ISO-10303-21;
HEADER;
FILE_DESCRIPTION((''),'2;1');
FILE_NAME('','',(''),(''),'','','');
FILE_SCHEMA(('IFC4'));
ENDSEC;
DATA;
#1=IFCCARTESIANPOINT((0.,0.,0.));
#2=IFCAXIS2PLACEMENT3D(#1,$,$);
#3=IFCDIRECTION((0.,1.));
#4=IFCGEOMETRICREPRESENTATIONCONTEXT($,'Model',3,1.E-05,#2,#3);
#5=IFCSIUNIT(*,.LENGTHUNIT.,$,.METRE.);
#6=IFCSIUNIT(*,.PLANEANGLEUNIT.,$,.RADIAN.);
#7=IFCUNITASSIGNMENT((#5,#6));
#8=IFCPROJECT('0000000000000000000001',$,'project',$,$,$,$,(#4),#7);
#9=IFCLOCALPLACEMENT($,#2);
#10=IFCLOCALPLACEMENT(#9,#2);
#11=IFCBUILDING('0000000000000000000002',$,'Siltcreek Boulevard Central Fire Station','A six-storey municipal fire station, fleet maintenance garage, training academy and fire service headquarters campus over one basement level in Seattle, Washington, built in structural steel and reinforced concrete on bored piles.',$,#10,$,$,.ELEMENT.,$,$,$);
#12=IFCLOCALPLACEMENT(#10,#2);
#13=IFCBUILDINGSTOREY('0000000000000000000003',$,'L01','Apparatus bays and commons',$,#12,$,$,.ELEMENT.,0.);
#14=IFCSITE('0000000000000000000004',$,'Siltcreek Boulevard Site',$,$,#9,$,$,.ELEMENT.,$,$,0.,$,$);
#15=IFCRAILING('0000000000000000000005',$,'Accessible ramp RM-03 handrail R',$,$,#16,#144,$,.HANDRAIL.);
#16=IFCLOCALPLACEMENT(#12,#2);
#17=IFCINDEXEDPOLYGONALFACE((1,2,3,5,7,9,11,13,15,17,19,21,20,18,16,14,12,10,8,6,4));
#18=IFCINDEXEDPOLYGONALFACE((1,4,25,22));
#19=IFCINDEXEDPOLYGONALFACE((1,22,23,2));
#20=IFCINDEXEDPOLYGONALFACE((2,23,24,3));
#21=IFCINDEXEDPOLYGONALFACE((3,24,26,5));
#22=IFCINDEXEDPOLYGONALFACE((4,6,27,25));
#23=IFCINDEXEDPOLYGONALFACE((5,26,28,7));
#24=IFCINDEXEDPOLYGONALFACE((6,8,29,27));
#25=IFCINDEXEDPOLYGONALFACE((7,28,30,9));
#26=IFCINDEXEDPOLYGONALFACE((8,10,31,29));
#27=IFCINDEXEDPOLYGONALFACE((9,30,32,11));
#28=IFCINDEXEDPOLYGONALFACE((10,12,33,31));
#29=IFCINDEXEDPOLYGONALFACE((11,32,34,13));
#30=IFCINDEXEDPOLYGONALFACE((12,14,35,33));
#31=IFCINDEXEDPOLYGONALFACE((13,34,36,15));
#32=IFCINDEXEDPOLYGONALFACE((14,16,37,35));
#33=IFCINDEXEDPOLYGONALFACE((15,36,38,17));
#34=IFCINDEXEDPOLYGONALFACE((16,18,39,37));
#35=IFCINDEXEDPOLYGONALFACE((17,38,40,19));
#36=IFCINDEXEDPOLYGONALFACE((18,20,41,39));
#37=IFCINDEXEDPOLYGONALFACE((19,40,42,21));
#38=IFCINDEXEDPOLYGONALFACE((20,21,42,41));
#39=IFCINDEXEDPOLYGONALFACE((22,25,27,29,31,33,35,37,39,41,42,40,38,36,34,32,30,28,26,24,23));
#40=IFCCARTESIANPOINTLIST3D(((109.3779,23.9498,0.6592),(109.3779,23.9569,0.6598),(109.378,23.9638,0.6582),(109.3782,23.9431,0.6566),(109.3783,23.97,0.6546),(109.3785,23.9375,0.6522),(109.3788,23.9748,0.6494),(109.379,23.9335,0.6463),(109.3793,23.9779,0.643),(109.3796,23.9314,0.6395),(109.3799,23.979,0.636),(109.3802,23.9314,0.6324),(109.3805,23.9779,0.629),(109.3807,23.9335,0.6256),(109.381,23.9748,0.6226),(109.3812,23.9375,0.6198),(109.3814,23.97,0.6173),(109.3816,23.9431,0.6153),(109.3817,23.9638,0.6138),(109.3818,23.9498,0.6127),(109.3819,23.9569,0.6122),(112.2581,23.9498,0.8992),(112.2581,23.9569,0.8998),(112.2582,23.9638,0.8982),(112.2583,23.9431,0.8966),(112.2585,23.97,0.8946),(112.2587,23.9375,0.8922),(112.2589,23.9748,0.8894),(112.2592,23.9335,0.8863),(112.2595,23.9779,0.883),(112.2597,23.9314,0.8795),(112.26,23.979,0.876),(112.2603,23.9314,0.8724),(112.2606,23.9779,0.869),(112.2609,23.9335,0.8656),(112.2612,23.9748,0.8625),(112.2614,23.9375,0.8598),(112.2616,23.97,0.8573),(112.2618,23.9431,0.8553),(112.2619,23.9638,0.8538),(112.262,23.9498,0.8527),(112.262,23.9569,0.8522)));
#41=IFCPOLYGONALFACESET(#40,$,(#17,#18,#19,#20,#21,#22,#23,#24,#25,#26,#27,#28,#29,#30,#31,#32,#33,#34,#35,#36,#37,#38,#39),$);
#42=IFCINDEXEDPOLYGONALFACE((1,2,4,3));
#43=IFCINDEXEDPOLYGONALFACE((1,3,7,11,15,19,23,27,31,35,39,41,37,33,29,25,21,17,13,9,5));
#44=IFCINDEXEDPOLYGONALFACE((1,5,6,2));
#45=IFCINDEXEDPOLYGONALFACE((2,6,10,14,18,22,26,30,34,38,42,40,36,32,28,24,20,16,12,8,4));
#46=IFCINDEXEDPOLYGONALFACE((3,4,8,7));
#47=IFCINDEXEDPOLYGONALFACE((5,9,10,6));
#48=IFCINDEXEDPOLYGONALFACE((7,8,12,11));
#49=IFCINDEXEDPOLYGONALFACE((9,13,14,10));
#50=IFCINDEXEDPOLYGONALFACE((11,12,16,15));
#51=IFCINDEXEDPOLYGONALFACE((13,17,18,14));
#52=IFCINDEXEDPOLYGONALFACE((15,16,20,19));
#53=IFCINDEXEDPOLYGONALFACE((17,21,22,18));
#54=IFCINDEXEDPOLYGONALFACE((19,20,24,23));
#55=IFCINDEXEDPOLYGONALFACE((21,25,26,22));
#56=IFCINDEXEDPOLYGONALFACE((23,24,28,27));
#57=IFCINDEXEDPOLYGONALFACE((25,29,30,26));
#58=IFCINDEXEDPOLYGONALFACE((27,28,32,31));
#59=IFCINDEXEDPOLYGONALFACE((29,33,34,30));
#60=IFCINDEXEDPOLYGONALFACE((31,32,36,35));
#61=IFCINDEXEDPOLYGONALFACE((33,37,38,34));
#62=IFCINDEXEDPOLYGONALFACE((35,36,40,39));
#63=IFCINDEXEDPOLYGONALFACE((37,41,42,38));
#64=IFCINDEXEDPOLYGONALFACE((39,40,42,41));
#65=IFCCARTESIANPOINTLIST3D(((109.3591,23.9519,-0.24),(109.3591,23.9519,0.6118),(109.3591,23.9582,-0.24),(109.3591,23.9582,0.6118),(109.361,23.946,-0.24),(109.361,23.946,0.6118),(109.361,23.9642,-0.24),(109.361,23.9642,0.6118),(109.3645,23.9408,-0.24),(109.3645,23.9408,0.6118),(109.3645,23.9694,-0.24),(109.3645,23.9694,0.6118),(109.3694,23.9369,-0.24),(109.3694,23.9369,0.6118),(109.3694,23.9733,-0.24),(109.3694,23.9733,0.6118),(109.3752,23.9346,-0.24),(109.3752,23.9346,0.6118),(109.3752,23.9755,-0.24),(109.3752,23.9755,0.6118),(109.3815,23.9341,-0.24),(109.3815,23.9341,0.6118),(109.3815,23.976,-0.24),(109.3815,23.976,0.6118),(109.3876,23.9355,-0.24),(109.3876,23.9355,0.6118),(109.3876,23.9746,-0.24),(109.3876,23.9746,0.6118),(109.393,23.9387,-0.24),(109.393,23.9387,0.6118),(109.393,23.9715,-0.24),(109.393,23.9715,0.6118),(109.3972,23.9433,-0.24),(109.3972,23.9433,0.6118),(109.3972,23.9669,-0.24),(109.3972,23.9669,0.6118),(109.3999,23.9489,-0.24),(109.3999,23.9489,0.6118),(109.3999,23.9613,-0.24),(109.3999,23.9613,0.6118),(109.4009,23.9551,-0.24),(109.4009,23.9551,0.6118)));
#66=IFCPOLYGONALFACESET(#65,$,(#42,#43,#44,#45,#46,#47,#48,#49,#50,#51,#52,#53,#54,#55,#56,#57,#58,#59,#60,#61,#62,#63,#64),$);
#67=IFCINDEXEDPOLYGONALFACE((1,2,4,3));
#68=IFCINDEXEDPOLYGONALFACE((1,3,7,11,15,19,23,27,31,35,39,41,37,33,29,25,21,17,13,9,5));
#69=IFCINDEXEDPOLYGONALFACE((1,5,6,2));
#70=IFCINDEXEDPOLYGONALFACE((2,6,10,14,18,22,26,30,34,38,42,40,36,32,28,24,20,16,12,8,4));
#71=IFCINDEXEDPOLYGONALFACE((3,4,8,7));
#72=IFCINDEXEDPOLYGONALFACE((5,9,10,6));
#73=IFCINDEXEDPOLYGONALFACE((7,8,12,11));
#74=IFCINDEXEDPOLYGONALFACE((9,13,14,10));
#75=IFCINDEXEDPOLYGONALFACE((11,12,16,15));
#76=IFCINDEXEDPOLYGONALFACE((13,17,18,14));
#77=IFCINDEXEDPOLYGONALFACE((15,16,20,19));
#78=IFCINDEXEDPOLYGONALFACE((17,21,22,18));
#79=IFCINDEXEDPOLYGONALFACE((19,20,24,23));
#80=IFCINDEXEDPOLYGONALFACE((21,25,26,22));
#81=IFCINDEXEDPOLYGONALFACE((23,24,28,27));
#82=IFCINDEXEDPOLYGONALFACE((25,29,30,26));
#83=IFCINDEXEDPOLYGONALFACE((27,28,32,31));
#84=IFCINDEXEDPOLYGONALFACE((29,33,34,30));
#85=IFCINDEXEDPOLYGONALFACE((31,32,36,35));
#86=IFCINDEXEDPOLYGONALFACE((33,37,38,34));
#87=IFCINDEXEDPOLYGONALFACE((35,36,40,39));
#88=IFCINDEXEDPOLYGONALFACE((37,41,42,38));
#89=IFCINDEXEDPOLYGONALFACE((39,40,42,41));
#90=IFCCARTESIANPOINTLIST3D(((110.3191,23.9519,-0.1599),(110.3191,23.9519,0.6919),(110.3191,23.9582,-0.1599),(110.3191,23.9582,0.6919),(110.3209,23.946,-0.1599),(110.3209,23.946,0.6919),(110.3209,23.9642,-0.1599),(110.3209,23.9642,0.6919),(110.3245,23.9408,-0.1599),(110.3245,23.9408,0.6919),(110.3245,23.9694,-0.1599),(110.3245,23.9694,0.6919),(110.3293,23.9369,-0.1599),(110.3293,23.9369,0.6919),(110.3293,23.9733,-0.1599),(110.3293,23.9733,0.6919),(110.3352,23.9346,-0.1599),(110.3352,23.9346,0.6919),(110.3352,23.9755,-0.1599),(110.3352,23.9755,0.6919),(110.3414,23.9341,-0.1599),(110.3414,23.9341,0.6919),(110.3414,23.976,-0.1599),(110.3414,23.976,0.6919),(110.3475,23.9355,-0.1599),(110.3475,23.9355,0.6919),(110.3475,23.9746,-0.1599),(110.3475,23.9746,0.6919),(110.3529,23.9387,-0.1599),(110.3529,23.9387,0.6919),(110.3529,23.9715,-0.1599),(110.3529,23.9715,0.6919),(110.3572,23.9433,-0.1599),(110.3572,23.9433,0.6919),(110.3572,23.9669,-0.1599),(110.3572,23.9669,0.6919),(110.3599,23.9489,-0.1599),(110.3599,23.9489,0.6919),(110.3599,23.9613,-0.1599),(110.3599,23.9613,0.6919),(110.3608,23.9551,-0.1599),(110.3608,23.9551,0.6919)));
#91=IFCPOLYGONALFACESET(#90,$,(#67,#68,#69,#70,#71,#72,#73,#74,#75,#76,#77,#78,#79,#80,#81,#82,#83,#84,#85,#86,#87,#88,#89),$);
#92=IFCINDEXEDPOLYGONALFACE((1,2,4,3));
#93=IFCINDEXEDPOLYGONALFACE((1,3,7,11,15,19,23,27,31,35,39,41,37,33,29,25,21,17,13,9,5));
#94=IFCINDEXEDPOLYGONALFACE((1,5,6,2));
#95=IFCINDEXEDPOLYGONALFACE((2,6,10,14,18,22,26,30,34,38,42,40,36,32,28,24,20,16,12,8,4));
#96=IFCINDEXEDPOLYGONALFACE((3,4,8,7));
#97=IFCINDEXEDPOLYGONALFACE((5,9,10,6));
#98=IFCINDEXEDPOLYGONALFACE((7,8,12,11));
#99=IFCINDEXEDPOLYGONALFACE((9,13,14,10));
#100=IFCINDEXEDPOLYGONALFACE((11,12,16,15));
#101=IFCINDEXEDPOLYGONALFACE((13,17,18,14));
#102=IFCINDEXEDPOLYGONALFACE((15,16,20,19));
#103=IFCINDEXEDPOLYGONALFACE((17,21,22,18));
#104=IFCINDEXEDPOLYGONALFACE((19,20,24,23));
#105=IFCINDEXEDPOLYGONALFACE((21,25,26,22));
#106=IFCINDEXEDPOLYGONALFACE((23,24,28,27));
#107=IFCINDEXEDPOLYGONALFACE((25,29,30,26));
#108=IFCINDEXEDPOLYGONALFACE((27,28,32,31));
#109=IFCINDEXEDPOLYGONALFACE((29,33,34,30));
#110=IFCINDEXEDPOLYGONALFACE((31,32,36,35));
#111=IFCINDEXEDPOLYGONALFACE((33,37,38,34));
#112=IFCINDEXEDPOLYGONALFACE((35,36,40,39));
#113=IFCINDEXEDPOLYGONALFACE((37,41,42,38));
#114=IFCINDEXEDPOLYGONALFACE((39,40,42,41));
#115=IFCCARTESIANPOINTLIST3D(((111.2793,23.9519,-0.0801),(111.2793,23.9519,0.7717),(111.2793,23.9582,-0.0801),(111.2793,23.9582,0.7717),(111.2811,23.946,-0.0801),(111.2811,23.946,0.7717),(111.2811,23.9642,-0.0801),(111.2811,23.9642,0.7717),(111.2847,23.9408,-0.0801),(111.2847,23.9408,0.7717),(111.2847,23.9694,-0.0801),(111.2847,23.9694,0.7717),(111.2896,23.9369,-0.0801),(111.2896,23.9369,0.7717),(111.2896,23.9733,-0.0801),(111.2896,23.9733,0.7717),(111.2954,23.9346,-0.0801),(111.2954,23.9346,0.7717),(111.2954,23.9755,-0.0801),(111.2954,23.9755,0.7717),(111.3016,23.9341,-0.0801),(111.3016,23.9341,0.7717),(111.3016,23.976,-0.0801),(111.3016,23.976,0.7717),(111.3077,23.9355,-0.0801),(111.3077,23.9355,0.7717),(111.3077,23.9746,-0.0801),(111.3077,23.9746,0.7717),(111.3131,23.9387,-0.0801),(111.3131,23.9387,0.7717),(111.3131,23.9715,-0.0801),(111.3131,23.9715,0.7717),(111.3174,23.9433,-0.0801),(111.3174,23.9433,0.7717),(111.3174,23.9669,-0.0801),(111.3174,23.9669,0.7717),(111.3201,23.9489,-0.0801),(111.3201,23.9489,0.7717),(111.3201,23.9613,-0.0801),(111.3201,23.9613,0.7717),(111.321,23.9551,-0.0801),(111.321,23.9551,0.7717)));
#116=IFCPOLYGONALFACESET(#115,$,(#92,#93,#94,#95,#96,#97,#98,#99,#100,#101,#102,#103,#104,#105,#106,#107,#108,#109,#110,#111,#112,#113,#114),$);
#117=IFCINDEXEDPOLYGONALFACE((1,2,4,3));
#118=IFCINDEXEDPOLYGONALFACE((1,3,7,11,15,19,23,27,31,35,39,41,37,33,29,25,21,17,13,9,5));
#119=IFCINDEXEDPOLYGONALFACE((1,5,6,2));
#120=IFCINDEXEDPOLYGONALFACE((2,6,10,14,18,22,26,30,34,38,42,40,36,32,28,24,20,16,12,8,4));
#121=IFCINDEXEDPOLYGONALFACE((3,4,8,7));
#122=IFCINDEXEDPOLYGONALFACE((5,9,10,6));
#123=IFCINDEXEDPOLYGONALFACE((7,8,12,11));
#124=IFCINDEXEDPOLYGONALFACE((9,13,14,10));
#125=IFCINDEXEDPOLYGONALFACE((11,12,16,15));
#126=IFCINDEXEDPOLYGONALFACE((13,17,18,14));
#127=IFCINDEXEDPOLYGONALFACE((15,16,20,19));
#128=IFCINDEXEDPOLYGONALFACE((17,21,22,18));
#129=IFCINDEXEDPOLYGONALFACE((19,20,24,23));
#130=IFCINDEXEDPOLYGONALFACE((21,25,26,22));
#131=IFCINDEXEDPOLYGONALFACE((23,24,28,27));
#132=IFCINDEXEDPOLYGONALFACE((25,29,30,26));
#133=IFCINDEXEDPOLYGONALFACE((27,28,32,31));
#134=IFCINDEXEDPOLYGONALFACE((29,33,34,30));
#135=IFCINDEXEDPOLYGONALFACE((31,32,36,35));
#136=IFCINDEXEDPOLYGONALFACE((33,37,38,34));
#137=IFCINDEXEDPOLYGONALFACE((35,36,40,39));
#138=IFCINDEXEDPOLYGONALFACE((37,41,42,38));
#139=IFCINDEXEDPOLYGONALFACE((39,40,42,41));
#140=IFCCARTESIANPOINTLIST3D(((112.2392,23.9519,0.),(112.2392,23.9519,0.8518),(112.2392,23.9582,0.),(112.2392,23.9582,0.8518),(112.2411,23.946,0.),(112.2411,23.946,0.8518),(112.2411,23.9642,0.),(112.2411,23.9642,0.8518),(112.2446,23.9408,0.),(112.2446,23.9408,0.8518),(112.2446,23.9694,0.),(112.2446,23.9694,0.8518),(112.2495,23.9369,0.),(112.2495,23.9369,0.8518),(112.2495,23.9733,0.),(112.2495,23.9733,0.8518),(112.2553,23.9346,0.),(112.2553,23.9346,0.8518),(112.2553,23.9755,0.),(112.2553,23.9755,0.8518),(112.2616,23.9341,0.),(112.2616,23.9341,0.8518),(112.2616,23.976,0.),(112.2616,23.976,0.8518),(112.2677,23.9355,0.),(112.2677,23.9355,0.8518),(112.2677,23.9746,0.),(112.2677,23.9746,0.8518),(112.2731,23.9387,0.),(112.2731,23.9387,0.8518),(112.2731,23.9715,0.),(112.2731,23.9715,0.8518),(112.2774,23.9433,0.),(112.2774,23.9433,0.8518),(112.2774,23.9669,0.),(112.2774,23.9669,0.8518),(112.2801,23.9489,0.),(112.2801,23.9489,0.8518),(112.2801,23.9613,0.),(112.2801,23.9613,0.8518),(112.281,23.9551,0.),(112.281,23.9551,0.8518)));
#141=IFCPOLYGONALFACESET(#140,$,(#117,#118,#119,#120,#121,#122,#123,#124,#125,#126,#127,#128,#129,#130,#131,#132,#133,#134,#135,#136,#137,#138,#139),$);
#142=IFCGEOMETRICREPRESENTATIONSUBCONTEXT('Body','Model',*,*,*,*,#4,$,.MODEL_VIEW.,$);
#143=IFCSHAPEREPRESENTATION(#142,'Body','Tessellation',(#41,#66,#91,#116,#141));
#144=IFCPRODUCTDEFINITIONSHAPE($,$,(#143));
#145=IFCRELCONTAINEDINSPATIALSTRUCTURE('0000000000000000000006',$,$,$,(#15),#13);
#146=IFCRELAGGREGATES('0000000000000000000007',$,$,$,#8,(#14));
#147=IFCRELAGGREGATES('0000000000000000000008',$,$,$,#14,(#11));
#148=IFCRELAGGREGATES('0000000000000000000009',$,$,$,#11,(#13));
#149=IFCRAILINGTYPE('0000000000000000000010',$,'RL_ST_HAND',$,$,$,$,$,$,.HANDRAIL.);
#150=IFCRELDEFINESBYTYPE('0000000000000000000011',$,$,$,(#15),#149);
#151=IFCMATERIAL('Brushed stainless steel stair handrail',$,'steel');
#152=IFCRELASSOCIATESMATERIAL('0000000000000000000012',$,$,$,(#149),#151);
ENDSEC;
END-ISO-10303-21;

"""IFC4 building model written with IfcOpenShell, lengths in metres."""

from ifc_helpers import new_model, si_unit, direction, frame, origin, origin_2d, place, context, subcontext, project, spatial, circle, extrude, material, type_object, element, save


model = new_model("IFC4")

# Units and contexts
model_context = context("Model", 3, precision=1e-05, world=origin(), true_north=direction((0.0, 1.0)))
body_context = subcontext(model_context, "Body", "Model", "MODEL_VIEW")
ifc_project = project(units=[si_unit("LENGTHUNIT", "METRE"), si_unit("PLANEANGLEUNIT", "RADIAN")], contexts=[model_context])

# Site, building, storey
site_placement = place(None, origin())
site = spatial("IfcSite", under=ifc_project, at=site_placement, Name="Siltcreek Boulevard Site", CompositionType="ELEMENT", RefElevation=0.0)
building_placement = place(site_placement, origin())
building = spatial("IfcBuilding", under=site, at=building_placement, Name="Siltcreek Boulevard Central Fire Station", Description="A six-storey municipal fire station, fleet maintenance garage, training academy and fire service headquarters campus over one basement level in Seattle, Washington, built in structural steel and reinforced concrete on bored piles.", CompositionType="ELEMENT")
storey_placement = place(building_placement, origin())
storey = spatial("IfcBuildingStorey", under=building, at=storey_placement, Name="L01", Description="Apparatus bays and commons", CompositionType="ELEMENT", Elevation=0.0)

# Railing
ifc_material_1 = material(Name="Brushed stainless steel stair handrail", Category="steel")
railing_type = type_object("IfcRailingType", Name="RL_ST_HAND", PredefinedType="HANDRAIL", material=ifc_material_1)
for number, where, name in (
    (1, (109.3799, 23.9551, -0.24), "Accessible ramp RM-03 handrail R"),
):
    element("IfcRailing", number, at=place(storey_placement, frame(where)), inside=storey, type_object=railing_type, Name=name, PredefinedType="HANDRAIL", context=body_context, shape_type="SweptSolid", body=[
        extrude(circle(Radius=0.0239, at=origin_2d()), frame((0.0, 0.0, 0.876), z_axis=(0.996546, 0.0, 0.083038), x_axis=(0.0, 1.0, 0.0)), (0.0, 0.0, 1.0), 2.8901),
        extrude(circle(Radius=0.021, at=origin_2d()), origin(), (0.0, 0.0, 1.0), 0.8518),
        extrude(circle(Radius=0.021, at=origin_2d()), frame((0.96, 0.0, 0.0801)), (0.0, 0.0, 1.0), 0.8518),
        extrude(circle(Radius=0.021, at=origin_2d()), frame((1.9202, 0.0, 0.1599)), (0.0, 0.0, 1.0), 0.8518),
        extrude(circle(Radius=0.021, at=origin_2d()), frame((2.8801, 0.0, 0.24)), (0.0, 0.0, 1.0), 0.8518),
    ])

save(model, "model.ifc")
